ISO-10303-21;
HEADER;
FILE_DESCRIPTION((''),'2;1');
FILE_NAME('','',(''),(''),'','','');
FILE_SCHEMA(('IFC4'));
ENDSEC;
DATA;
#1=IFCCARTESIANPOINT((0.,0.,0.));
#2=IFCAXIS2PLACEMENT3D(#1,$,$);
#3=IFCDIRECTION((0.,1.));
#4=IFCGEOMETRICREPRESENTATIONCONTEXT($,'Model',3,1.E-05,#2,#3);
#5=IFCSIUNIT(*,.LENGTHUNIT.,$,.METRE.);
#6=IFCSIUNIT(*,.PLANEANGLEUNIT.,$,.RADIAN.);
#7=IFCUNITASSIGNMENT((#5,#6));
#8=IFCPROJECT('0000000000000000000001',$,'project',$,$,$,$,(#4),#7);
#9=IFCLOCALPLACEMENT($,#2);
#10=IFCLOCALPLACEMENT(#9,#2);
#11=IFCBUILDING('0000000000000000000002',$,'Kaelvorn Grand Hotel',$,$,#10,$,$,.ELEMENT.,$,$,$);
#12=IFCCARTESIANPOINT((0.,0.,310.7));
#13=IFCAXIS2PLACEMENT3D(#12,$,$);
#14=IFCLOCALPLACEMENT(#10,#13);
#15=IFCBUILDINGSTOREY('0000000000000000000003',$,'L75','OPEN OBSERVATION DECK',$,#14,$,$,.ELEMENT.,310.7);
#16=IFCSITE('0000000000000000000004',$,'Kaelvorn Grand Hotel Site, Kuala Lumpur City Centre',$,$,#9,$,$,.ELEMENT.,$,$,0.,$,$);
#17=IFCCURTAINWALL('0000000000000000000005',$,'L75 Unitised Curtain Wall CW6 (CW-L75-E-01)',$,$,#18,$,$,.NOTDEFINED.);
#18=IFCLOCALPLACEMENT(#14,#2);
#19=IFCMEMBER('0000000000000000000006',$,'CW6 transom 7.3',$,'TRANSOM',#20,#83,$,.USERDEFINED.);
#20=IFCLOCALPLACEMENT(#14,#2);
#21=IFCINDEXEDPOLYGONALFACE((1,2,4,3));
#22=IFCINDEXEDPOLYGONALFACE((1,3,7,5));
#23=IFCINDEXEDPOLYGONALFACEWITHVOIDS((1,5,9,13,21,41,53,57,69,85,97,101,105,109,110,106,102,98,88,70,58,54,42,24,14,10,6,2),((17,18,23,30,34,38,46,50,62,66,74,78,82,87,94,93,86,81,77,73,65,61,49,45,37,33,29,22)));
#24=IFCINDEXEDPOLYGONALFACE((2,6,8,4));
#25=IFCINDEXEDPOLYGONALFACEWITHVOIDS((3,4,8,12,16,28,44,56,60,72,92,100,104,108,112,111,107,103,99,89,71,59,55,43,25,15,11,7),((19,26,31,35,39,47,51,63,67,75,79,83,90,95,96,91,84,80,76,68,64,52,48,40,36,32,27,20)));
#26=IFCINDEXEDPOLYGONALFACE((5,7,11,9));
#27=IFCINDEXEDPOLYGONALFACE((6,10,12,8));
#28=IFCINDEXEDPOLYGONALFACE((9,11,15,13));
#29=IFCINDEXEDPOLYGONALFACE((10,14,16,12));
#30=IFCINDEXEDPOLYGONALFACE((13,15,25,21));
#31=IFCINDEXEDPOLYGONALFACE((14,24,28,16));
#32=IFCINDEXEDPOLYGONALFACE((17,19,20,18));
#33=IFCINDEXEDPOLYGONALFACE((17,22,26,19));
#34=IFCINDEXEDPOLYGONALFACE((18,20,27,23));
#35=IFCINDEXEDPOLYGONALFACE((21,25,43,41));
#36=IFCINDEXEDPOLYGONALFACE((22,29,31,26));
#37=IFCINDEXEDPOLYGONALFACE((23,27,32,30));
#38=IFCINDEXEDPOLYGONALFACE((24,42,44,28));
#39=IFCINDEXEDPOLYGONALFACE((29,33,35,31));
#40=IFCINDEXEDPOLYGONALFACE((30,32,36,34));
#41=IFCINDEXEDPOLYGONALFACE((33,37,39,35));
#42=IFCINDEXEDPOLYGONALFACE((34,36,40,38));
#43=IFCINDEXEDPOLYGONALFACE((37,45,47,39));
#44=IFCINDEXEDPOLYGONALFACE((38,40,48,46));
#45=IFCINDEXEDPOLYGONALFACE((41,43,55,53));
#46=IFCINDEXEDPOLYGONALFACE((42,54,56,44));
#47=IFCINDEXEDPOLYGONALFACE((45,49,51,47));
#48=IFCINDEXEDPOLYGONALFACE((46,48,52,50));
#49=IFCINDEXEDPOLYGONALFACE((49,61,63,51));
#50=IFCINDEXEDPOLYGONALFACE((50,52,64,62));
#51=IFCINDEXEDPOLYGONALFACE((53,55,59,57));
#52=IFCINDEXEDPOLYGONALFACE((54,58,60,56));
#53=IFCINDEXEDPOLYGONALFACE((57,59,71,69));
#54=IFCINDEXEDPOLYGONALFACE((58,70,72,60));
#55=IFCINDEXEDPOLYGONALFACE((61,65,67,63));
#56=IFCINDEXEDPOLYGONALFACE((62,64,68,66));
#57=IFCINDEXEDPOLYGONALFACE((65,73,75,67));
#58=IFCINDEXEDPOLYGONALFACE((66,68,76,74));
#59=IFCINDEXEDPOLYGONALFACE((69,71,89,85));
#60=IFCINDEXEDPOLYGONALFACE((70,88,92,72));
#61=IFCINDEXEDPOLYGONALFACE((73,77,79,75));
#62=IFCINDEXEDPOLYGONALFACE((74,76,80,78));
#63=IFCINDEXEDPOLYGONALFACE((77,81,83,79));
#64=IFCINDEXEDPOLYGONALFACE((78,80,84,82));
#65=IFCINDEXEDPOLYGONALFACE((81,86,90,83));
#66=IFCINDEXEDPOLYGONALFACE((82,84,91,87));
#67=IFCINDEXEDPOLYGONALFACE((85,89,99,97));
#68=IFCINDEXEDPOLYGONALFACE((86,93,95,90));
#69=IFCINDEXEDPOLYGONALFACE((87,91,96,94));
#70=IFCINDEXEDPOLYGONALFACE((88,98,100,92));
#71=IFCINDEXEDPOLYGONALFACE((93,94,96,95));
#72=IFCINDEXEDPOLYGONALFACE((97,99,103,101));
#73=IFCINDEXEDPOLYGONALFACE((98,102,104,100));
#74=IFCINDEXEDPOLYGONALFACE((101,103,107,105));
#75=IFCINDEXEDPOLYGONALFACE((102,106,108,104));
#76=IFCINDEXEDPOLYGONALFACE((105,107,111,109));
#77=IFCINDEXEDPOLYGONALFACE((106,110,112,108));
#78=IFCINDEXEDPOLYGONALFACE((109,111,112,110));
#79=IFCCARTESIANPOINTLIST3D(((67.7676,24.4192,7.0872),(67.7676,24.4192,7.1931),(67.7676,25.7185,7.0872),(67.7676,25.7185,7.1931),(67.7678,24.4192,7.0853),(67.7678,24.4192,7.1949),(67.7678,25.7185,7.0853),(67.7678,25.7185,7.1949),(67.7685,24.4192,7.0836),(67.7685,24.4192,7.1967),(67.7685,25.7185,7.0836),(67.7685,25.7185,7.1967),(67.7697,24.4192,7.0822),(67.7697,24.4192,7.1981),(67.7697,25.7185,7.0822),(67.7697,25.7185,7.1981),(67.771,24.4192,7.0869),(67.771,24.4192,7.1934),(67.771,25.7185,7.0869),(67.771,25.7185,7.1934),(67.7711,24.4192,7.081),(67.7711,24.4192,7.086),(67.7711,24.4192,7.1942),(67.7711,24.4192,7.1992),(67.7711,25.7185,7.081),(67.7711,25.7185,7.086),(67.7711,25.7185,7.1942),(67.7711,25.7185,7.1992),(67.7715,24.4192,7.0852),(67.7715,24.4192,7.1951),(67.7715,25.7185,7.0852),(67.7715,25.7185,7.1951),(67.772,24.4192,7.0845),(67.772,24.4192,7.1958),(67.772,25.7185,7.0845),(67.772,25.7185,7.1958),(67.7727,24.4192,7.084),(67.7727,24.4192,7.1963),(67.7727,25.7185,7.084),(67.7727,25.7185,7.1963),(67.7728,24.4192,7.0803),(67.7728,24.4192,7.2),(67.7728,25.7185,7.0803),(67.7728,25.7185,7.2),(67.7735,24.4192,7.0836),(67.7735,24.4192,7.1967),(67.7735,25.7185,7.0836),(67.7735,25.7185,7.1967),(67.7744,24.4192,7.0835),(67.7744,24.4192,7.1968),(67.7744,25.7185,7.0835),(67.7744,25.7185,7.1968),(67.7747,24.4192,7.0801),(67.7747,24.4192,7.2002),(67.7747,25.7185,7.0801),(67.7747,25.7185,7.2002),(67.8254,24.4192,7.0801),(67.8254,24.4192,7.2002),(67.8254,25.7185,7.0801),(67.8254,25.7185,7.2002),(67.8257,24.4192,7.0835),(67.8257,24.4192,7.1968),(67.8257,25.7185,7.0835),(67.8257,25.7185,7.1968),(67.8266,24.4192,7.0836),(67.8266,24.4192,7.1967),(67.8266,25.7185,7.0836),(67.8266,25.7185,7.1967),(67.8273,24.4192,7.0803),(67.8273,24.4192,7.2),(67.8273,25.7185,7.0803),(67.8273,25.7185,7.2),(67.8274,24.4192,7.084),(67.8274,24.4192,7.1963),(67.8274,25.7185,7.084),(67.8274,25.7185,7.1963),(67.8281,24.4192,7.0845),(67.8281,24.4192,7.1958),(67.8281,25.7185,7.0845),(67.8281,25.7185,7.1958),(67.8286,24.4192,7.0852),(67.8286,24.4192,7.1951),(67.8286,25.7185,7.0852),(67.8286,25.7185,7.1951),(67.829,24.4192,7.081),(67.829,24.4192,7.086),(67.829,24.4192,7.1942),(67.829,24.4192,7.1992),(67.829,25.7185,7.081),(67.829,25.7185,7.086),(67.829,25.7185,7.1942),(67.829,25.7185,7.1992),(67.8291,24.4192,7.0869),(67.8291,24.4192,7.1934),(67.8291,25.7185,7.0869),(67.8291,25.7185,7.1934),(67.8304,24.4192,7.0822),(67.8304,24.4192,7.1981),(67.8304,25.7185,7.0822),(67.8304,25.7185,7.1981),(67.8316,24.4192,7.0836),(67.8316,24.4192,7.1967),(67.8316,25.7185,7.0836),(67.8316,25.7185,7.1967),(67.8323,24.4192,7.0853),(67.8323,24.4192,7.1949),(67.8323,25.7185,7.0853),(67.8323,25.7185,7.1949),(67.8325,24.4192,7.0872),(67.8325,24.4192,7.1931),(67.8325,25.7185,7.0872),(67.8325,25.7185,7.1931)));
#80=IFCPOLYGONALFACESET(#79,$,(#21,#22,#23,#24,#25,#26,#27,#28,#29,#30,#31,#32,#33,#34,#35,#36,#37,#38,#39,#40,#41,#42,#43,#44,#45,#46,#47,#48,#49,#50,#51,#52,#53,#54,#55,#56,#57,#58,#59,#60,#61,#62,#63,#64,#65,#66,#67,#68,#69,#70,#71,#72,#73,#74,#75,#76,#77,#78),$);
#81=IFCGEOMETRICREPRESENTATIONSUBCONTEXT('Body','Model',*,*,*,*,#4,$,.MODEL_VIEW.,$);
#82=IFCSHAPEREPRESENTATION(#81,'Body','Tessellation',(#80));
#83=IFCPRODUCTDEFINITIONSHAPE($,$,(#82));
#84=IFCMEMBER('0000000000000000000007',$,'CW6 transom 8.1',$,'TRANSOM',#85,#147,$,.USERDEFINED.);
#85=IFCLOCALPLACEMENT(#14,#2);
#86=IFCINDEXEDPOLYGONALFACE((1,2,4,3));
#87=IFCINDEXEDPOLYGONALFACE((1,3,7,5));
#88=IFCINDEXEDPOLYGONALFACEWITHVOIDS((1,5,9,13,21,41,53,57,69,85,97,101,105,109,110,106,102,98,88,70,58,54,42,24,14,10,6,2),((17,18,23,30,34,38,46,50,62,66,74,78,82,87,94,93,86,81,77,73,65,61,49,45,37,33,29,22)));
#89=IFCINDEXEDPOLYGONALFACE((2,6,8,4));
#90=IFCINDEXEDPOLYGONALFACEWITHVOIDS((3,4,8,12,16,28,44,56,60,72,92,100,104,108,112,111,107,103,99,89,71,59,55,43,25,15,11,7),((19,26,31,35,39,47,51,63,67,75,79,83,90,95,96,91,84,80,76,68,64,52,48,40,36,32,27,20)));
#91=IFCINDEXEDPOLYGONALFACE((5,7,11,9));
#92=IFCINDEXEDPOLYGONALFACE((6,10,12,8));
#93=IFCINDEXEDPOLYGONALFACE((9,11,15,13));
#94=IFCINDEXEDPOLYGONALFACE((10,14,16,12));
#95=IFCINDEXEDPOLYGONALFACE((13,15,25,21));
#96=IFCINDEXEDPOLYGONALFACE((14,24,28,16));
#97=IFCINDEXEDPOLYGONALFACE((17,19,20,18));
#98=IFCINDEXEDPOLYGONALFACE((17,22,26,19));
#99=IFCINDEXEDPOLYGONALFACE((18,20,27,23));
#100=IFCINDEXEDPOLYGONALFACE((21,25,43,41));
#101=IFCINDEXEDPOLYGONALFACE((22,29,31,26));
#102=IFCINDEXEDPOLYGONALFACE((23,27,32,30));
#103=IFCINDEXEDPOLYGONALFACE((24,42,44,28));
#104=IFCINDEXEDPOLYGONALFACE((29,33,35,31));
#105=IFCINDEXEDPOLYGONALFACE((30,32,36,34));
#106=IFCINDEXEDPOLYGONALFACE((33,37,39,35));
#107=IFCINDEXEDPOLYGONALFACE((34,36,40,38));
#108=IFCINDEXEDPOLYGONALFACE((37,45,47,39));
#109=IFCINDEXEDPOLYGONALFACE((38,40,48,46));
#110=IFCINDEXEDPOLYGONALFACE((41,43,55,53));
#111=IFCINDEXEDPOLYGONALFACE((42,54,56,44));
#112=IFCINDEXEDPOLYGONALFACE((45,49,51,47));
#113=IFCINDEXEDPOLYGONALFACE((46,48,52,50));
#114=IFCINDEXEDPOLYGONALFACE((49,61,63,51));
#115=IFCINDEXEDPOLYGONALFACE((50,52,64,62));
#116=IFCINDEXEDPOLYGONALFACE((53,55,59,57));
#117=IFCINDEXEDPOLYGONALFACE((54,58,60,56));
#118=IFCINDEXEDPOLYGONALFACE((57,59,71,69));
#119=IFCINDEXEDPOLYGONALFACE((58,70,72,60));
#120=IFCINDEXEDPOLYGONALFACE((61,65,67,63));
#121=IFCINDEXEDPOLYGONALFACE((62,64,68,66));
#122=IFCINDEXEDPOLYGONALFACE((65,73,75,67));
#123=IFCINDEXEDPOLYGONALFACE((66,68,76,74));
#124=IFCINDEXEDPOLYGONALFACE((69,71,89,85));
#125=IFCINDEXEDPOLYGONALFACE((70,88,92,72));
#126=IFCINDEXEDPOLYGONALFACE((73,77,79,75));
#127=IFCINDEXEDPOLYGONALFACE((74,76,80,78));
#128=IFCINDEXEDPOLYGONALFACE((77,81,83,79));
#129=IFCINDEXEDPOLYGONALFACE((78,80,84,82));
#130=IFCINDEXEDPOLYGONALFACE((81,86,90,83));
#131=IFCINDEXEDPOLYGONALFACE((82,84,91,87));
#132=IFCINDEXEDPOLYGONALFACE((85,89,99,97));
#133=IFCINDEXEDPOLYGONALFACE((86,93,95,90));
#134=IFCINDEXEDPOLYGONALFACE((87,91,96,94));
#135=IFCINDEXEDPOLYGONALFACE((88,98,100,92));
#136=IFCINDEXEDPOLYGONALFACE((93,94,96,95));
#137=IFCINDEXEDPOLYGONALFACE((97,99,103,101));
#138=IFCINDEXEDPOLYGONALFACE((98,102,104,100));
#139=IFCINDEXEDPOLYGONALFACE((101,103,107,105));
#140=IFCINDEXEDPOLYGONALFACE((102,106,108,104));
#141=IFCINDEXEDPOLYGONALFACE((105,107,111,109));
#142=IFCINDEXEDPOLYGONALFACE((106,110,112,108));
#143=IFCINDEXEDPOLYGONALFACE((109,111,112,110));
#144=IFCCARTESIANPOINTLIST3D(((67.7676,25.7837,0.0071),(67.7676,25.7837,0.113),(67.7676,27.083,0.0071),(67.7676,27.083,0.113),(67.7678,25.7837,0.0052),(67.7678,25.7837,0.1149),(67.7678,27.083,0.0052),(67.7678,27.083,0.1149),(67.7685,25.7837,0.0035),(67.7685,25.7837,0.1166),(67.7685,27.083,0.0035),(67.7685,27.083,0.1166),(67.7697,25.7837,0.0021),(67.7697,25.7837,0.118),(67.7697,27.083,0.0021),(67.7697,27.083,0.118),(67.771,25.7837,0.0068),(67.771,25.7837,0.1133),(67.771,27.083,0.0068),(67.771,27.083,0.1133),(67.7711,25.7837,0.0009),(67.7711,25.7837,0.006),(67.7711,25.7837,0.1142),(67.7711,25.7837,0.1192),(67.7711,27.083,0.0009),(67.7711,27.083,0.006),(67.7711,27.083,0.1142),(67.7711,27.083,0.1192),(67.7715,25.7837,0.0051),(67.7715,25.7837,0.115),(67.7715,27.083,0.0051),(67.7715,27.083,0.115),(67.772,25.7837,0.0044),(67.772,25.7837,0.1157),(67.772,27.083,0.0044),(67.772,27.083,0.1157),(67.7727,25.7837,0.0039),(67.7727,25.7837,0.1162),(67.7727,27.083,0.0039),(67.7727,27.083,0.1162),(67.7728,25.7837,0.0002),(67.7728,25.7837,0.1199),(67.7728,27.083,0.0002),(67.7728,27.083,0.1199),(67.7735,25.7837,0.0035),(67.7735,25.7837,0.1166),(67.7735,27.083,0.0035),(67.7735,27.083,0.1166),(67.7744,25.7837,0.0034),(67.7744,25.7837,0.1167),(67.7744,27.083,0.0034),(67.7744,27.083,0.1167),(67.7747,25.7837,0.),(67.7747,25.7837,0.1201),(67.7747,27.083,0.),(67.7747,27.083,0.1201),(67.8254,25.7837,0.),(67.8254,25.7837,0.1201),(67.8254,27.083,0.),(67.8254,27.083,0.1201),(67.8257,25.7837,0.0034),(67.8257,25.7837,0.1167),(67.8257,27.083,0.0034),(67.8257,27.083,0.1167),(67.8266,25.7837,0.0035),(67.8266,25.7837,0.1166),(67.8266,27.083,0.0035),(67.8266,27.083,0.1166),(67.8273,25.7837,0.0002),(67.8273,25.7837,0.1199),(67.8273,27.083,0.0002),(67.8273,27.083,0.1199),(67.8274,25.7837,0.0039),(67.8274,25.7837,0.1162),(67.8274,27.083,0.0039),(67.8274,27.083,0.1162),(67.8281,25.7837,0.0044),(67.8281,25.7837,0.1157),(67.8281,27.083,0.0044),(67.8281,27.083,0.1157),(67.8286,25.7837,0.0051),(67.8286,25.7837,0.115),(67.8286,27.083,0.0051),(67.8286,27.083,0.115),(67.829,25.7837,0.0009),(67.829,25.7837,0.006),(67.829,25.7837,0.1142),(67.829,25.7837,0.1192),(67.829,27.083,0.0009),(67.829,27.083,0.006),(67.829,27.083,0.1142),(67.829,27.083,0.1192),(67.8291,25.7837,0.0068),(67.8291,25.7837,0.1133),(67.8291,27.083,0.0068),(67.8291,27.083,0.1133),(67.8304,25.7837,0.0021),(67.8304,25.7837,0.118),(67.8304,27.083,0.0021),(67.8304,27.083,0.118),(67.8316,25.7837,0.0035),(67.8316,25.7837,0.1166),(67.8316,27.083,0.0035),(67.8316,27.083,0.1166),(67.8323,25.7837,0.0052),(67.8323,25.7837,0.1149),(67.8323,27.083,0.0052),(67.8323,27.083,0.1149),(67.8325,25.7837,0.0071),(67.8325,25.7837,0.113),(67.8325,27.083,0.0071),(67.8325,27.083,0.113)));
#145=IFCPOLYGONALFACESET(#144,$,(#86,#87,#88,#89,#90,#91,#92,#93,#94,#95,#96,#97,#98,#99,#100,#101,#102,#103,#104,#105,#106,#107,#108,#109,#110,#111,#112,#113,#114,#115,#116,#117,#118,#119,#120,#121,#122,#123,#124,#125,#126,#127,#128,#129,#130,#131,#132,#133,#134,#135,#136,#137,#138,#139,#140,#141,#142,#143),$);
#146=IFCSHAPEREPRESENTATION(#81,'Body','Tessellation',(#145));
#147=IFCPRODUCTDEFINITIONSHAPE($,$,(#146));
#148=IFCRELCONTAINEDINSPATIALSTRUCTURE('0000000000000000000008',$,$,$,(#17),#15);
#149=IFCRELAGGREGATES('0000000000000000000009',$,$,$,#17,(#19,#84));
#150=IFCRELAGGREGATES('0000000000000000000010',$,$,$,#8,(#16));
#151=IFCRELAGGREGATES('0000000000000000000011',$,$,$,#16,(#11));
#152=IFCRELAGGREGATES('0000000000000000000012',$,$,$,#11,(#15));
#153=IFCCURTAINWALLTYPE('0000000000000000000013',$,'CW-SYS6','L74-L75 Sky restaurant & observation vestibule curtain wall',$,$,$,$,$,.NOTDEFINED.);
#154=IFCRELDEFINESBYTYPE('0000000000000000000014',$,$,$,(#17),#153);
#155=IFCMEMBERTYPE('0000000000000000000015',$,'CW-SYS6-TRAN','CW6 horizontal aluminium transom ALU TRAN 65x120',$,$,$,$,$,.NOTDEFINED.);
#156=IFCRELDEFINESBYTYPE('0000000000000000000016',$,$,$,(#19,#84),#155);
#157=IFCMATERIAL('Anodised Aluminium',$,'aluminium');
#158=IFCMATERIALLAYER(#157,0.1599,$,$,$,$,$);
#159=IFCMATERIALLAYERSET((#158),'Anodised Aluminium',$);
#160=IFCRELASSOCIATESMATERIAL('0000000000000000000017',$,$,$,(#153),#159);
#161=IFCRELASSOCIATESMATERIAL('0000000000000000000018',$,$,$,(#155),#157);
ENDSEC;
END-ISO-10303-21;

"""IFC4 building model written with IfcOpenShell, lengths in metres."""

from ifc_helpers import new_model, si_unit, direction, frame, origin, origin_2d, place, context, subcontext, project, spatial, hollow_rectangle, extrude, material, layer, layer_set, material_profile, profile_set, type_object, element, aggregate, save


model = new_model("IFC4")

# Units and contexts
model_context = context("Model", 3, precision=1e-05, world=origin(), true_north=direction((0.0, 1.0)))
body_context = subcontext(model_context, "Body", "Model", "MODEL_VIEW")
ifc_project = project(units=[si_unit("LENGTHUNIT", "METRE"), si_unit("PLANEANGLEUNIT", "RADIAN")], contexts=[model_context])

# Site, building, storey
site_placement = place(None, origin())
site = spatial("IfcSite", under=ifc_project, at=site_placement, Name="Kaelvorn Grand Hotel Site, Kuala Lumpur City Centre", CompositionType="ELEMENT", RefElevation=0.0)
building_placement = place(site_placement, origin())
building = spatial("IfcBuilding", under=site, at=building_placement, Name="Kaelvorn Grand Hotel", CompositionType="ELEMENT")
storey_placement = place(building_placement, frame((0.0, 0.0, 310.7)))
storey = spatial("IfcBuildingStorey", under=building, at=storey_placement, Name="L75", Description="OPEN OBSERVATION DECK", CompositionType="ELEMENT", Elevation=310.7)

# Curtain wall, members
ifc_material_1 = material(Name="Anodised Aluminium", Category="aluminium")
ifc_layer_1 = layer(ifc_material_1, 0.1599)
ifc_layer_set_1 = layer_set([ifc_layer_1], Name="Anodised Aluminium")
curtain_wall_type = type_object("IfcCurtainWallType", Name="CW-SYS6", Description="L74-L75 Sky restaurant & observation vestibule curtain wall", PredefinedType="NOTDEFINED", material=ifc_layer_set_1)
curtain_wall_placement = place(storey_placement, origin())
curtain_wall = element("IfcCurtainWall", 1, at=curtain_wall_placement, inside=storey, type_object=curtain_wall_type, Name="L75 Unitised Curtain Wall CW6 (CW-L75-E-01)", PredefinedType="NOTDEFINED")
ifc_material_profile_1 = material_profile(ifc_material_1, hollow_rectangle(XDim=0.0649, YDim=0.1201, WallThickness=0.0034, InnerFilletRadius=0.0034, OuterFilletRadius=0.0071, at=origin_2d()), Name="ALU TRAN 65x120")
ifc_profile_set_1 = profile_set([ifc_material_profile_1], Name="Anodised Aluminium")
member_type_1 = type_object("IfcMemberType", Name="CW-SYS6-TRAN", Description="CW6 horizontal aluminium transom ALU TRAN 65x120", PredefinedType="NOTDEFINED", material=ifc_profile_set_1)
member_1_placement = place(storey_placement, frame((67.8, 24.4192, 7.1401), z_axis=(0.0, 1.0, 0.0), x_axis=(-1.0, 0.0, 0.0)))
member_1 = element("IfcMember", 2, at=member_1_placement, type_object=member_type_1, Name="CW6 transom 7.3", ObjectType="TRANSOM", PredefinedType="USERDEFINED", context=body_context, shape_type="SweptSolid", body=[
    extrude(hollow_rectangle(XDim=0.0649, YDim=0.1201, WallThickness=0.0034, InnerFilletRadius=0.0034, OuterFilletRadius=0.0071, at=origin_2d()), origin(), (0.0, 0.0, 1.0), 1.2993),
])
member_2_placement = place(storey_placement, frame((67.8, 25.7837, 0.0601), z_axis=(0.0, 1.0, 0.0), x_axis=(-1.0, 0.0, 0.0)))
member_2 = element("IfcMember", 3, at=member_2_placement, type_object=member_type_1, Name="CW6 transom 8.1", ObjectType="TRANSOM", PredefinedType="USERDEFINED", context=body_context, shape_type="SweptSolid", body=[
    extrude(hollow_rectangle(XDim=0.0649, YDim=0.1201, WallThickness=0.0034, InnerFilletRadius=0.0034, OuterFilletRadius=0.0071, at=origin_2d()), origin(), (0.0, 0.0, 1.0), 1.2993),
])
aggregate(curtain_wall, [member_1, member_2])

save(model, "model.ifc")
